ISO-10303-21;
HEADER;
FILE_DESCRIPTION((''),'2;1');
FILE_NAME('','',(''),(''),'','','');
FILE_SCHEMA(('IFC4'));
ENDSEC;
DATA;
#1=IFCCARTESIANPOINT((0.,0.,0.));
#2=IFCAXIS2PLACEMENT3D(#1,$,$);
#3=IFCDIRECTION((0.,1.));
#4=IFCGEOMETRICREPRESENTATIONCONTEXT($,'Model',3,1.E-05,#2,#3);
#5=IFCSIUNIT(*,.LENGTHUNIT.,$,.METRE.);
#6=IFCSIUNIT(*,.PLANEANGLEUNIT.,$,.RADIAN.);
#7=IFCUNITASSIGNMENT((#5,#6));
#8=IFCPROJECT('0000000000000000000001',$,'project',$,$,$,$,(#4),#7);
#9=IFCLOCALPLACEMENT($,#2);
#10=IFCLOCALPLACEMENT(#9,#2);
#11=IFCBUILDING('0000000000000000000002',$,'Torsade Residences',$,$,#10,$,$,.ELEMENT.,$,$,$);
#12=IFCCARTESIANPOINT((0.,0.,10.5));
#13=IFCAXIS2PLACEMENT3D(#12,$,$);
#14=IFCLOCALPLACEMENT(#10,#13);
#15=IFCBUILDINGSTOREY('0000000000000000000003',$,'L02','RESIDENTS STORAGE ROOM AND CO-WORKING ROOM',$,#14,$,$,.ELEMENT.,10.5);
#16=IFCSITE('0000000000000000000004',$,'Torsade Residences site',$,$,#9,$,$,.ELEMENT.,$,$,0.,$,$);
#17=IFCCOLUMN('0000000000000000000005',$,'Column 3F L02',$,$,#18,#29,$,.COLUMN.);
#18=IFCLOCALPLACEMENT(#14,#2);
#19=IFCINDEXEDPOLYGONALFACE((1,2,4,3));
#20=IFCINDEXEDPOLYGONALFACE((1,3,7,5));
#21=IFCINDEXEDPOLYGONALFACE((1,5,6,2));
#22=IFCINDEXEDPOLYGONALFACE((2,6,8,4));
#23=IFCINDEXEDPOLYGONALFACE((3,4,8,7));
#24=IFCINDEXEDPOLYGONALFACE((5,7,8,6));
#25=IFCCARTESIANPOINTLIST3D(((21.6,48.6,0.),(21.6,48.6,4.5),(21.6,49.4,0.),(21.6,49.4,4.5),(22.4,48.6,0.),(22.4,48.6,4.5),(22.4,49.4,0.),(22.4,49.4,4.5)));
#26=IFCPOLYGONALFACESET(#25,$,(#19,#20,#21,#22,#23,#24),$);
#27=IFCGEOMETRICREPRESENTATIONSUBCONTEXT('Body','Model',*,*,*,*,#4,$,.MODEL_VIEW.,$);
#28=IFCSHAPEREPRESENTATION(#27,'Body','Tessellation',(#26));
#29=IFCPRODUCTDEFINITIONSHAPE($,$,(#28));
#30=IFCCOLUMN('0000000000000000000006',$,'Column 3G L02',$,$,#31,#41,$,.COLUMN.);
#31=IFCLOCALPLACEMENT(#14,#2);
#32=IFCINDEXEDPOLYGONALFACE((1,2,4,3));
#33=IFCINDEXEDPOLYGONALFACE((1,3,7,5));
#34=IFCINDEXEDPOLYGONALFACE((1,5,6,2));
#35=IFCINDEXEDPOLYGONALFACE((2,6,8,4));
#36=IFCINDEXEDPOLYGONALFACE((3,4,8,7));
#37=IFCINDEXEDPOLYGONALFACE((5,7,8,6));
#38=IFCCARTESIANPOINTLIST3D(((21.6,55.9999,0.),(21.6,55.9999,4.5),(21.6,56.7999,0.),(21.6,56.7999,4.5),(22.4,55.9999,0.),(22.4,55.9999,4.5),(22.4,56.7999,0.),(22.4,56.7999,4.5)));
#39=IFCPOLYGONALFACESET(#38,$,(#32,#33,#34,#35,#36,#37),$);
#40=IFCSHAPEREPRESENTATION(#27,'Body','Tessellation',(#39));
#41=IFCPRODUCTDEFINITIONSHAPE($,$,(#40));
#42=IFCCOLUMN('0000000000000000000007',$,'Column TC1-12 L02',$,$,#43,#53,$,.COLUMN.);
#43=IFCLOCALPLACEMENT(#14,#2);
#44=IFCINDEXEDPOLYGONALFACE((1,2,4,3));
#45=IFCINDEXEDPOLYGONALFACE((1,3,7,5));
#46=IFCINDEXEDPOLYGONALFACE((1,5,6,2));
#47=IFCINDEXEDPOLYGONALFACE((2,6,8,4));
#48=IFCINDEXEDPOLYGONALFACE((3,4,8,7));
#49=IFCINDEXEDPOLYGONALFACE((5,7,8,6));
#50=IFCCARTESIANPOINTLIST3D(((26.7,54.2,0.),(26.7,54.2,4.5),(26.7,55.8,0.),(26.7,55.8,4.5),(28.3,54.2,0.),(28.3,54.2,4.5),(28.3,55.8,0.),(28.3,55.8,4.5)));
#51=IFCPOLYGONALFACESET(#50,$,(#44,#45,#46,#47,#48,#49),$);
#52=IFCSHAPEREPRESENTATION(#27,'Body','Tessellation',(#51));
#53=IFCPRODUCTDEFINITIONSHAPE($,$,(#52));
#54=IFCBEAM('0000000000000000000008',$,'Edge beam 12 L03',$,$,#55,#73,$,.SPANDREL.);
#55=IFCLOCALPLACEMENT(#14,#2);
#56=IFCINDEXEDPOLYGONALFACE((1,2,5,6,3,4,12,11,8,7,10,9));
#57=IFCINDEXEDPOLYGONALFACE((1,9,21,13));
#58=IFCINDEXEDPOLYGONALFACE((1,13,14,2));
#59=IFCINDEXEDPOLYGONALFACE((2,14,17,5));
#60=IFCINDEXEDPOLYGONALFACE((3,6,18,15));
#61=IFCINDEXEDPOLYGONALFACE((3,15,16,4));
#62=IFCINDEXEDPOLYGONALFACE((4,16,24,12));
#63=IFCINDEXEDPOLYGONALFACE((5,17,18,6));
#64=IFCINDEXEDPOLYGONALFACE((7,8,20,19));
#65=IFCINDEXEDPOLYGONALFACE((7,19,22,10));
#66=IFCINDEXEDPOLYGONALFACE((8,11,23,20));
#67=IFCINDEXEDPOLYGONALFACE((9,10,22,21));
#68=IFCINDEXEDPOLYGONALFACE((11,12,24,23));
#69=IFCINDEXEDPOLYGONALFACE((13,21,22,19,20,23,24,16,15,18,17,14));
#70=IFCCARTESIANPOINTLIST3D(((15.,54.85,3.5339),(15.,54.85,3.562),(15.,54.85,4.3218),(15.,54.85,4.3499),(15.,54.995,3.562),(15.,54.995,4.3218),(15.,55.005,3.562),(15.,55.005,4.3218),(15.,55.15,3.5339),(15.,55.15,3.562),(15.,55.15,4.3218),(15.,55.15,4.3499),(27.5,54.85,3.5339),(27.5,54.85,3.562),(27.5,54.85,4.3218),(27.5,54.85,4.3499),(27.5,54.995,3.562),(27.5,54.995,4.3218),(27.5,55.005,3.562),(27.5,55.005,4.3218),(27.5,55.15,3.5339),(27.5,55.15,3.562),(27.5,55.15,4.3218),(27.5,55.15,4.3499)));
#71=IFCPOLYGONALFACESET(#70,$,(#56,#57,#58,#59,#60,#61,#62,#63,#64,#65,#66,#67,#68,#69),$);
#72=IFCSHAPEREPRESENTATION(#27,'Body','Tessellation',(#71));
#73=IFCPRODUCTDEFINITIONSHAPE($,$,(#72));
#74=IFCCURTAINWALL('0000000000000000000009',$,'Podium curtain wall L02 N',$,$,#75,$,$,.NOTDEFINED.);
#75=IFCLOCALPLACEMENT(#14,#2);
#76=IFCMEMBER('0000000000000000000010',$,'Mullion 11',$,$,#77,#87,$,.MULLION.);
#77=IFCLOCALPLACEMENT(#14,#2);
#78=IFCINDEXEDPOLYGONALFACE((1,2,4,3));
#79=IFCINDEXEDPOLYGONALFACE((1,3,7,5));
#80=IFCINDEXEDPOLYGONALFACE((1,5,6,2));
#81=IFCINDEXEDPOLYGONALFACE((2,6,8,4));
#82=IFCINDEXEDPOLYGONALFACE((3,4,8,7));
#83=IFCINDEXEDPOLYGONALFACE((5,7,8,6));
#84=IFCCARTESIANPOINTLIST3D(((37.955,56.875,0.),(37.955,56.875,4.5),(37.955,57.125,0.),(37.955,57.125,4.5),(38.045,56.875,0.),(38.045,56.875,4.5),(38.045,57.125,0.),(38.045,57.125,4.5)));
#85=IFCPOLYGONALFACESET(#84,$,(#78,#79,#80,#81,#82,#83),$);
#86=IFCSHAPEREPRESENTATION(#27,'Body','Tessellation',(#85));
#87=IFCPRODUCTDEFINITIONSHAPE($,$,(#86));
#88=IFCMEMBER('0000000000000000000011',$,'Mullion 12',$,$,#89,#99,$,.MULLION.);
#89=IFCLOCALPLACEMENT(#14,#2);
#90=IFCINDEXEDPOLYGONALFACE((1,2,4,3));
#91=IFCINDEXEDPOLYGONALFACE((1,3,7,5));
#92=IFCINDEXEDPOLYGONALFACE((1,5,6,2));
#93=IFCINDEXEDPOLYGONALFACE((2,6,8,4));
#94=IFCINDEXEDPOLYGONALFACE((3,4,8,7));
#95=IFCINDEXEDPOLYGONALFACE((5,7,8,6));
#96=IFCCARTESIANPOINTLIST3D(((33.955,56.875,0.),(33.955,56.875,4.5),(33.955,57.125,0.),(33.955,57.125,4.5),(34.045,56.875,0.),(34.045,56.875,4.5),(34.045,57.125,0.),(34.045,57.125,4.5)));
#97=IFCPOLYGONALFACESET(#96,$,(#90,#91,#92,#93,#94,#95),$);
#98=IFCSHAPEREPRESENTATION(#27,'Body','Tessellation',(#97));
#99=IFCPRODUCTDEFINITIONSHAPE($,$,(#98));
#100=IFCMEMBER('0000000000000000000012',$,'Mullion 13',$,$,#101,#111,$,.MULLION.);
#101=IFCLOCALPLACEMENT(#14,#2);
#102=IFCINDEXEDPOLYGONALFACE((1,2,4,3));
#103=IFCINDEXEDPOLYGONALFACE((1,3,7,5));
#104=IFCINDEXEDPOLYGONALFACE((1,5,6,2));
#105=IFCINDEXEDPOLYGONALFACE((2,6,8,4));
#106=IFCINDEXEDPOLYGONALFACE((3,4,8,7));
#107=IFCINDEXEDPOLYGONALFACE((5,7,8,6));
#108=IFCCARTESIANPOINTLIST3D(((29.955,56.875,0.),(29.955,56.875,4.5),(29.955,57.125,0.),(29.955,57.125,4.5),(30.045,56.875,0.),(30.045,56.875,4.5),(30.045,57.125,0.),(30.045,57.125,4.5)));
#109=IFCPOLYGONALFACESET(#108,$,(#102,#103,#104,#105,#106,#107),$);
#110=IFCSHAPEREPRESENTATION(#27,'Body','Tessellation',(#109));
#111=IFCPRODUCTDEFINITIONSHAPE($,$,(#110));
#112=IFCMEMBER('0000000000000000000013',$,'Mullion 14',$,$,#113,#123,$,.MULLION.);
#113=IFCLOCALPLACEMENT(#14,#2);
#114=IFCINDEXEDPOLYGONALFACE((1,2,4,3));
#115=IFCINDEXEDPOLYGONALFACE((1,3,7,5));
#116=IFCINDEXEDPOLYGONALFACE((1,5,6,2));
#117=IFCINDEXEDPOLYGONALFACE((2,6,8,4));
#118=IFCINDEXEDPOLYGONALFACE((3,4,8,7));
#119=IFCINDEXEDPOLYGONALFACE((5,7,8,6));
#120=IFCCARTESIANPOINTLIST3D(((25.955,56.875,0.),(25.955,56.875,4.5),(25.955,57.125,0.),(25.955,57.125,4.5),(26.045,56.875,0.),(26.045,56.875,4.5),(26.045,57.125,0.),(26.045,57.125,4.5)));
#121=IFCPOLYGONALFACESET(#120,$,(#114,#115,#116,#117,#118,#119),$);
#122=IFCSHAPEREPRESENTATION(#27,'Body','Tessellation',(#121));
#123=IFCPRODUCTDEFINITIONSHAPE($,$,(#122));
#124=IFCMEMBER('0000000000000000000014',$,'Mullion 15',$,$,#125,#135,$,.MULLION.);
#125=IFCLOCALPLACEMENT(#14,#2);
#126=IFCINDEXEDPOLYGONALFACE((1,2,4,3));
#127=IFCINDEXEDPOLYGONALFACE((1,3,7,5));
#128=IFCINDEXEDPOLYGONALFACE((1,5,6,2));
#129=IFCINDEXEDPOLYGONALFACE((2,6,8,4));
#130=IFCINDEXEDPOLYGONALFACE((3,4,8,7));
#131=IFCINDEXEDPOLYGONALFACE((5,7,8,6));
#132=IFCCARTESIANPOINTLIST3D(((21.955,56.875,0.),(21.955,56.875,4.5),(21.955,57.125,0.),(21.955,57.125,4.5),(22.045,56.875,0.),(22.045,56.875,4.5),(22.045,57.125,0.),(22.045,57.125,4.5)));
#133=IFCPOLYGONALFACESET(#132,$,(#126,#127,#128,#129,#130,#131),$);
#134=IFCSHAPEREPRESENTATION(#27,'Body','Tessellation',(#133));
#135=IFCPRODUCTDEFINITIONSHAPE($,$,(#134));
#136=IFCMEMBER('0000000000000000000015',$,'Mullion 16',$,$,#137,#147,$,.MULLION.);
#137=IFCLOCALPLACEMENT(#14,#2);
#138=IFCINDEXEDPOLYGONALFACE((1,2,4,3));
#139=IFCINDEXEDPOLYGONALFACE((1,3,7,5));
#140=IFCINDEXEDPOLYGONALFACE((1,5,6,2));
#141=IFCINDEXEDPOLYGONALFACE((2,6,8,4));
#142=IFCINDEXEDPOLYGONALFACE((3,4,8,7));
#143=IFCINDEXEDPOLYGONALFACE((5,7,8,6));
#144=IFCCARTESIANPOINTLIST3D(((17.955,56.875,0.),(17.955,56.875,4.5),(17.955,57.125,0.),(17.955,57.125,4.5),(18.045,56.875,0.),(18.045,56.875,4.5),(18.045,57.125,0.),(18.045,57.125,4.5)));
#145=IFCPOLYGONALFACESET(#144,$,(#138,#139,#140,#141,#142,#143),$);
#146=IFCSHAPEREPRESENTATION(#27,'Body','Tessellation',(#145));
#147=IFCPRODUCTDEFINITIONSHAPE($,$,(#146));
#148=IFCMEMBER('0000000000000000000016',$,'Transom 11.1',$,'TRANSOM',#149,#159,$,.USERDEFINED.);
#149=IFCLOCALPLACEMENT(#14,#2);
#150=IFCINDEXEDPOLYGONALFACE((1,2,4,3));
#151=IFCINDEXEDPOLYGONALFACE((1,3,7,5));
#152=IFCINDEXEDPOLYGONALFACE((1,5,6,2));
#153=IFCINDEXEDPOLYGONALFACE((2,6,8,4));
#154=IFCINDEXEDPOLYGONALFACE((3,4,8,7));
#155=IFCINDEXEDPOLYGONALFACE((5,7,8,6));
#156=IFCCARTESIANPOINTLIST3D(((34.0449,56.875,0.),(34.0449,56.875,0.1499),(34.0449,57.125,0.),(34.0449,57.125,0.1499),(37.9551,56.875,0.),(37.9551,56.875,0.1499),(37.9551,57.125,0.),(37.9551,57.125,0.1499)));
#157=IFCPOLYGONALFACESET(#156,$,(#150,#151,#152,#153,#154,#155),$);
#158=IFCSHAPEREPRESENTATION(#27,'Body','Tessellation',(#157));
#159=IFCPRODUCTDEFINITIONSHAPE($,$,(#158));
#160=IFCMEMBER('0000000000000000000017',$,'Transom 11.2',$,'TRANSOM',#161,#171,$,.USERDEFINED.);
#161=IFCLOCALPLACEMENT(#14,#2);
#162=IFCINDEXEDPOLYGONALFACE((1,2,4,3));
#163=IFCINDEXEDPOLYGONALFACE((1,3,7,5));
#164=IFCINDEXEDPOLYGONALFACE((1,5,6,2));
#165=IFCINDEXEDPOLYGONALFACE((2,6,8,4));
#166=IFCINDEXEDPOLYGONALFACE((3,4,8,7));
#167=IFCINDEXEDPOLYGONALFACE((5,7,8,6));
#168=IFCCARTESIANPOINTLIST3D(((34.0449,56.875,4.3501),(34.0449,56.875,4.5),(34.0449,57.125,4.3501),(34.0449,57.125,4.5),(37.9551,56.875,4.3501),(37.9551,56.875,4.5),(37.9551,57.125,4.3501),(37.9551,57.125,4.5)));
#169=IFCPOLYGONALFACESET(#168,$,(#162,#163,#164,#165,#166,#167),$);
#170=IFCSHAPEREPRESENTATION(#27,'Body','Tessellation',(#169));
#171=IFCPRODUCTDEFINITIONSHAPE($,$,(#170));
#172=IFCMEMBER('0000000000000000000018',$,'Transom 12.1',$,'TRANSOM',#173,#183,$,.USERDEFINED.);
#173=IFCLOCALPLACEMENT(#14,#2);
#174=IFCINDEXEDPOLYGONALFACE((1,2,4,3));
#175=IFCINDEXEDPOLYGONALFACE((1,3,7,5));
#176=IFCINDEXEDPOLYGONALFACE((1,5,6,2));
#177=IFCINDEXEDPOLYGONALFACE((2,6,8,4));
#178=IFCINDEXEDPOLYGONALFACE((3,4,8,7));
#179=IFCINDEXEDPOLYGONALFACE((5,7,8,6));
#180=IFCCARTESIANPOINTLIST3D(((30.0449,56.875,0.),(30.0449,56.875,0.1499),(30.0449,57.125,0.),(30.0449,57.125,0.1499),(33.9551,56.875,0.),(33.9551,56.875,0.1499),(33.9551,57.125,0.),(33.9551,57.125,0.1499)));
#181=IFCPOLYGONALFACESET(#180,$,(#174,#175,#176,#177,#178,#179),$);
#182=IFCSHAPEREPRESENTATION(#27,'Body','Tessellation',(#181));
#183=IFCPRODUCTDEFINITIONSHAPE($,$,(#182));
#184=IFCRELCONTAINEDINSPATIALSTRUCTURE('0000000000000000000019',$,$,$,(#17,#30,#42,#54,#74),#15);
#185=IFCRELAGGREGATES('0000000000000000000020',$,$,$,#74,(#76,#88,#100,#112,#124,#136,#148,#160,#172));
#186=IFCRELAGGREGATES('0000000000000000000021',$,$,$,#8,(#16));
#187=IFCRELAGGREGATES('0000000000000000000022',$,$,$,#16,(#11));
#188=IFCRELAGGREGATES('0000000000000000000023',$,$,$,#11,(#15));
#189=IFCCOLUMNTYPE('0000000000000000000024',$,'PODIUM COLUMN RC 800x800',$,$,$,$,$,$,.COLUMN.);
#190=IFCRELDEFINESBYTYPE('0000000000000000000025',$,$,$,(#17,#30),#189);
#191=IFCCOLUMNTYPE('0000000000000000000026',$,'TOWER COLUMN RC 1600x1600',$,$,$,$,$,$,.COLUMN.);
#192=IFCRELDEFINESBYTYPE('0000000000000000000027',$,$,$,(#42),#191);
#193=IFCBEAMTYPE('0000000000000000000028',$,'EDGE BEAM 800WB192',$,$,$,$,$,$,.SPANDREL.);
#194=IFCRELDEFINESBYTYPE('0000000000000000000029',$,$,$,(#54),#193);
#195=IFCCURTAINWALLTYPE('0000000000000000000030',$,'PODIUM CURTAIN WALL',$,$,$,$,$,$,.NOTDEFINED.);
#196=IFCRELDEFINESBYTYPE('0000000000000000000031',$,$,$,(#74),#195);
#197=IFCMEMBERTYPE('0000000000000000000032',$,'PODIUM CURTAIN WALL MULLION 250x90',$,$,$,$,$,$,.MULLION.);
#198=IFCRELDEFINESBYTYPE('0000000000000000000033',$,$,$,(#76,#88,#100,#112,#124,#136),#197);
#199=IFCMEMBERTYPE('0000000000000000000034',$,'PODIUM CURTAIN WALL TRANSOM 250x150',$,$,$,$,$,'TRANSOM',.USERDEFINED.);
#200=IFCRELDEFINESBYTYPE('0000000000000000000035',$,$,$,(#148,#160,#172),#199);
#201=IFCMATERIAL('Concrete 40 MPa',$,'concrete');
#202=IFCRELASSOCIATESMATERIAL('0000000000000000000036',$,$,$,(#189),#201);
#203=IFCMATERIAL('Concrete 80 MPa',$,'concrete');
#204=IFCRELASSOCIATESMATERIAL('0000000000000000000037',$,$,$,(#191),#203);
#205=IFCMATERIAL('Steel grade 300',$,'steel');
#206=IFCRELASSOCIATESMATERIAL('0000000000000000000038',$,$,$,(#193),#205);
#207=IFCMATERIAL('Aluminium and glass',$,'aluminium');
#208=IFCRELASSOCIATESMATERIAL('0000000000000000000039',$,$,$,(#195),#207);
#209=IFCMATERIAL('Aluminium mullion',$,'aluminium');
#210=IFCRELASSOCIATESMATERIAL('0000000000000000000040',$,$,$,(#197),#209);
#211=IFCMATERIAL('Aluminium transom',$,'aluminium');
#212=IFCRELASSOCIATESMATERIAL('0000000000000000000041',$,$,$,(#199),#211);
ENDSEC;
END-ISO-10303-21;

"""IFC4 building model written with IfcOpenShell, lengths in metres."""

from ifc_helpers import new_model, si_unit, direction, frame, origin, origin_2d, place, context, subcontext, project, spatial, rectangle, i_section, extrude, material, material_profile, profile_set, type_object, element, aggregate, save


model = new_model("IFC4")

# Units and contexts
model_context = context("Model", 3, precision=1e-05, world=origin(), true_north=direction((0.0, 1.0)))
body_context = subcontext(model_context, "Body", "Model", "MODEL_VIEW")
ifc_project = project(units=[si_unit("LENGTHUNIT", "METRE"), si_unit("PLANEANGLEUNIT", "RADIAN")], contexts=[model_context])

# Site, building, storey
site_placement = place(None, origin())
site = spatial("IfcSite", under=ifc_project, at=site_placement, Name="Torsade Residences site", CompositionType="ELEMENT", RefElevation=0.0)
building_placement = place(site_placement, origin())
building = spatial("IfcBuilding", under=site, at=building_placement, Name="Torsade Residences", CompositionType="ELEMENT")
storey_placement = place(building_placement, frame((0.0, 0.0, 10.5)))
storey = spatial("IfcBuildingStorey", under=building, at=storey_placement, Name="L02", Description="RESIDENTS STORAGE ROOM AND CO-WORKING ROOM", CompositionType="ELEMENT", Elevation=10.5)

# Columns
ifc_material_1 = material(Name="Concrete 40 MPa", Category="concrete")
ifc_material_profile_1 = material_profile(ifc_material_1, rectangle(XDim=0.8, YDim=0.8, at=origin_2d()), Name="RC 800x800")
ifc_profile_set_1 = profile_set([ifc_material_profile_1], Name="Concrete 40 MPa")
column_type_1 = type_object("IfcColumnType", Name="PODIUM COLUMN RC 800x800", PredefinedType="COLUMN", material=ifc_profile_set_1)
for number, where, z_axis, x_axis, name in (
    (1, (22.0, 49.0, 0.0), (0.0, 0.0, 1.0), (1.0, 0.0, 0.0), "Column 3F L02"),
    (2, (22.0, 56.3999, 0.0), (0.0, 0.0, 1.0), (1.0, 0.0, 0.0), "Column 3G L02"),
):
    element("IfcColumn", number, at=place(storey_placement, frame(where, z_axis=z_axis, x_axis=x_axis)), inside=storey, type_object=column_type_1, Name=name, PredefinedType="COLUMN", context=body_context, shape_type="SweptSolid", body=[
        extrude(rectangle(XDim=0.8, YDim=0.8, at=origin_2d()), origin(), (0.0, 0.0, 1.0), 4.5),
    ])
ifc_material_2 = material(Name="Concrete 80 MPa", Category="concrete")
ifc_material_profile_2 = material_profile(ifc_material_2, rectangle(XDim=1.6001, YDim=1.6001, at=origin_2d()), Name="RC 1600x1600")
ifc_profile_set_2 = profile_set([ifc_material_profile_2], Name="Concrete 80 MPa")
column_type_2 = type_object("IfcColumnType", Name="TOWER COLUMN RC 1600x1600", PredefinedType="COLUMN", material=ifc_profile_set_2)
column_placement = place(storey_placement, frame((27.5, 55.0, 0.0), z_axis=(0.0, 0.0, 1.0), x_axis=(1.0, 0.0, 0.0)))
element("IfcColumn", 3, at=column_placement, inside=storey, type_object=column_type_2, Name="Column TC1-12 L02", PredefinedType="COLUMN", context=body_context, shape_type="SweptSolid", body=[
    extrude(rectangle(XDim=1.6001, YDim=1.6001, at=origin_2d()), origin(), (0.0, 0.0, 1.0), 4.5),
])

# Beam
ifc_material_3 = material(Name="Steel grade 300", Category="steel")
ifc_material_profile_3 = material_profile(ifc_material_3, i_section(OverallWidth=0.3, OverallDepth=0.8159, WebThickness=0.01, FlangeThickness=0.0281, at=origin_2d()), Name="800WB192")
ifc_profile_set_3 = profile_set([ifc_material_profile_3], Name="Steel grade 300")
beam_type_1 = type_object("IfcBeamType", Name="EDGE BEAM 800WB192", PredefinedType="SPANDREL", material=ifc_profile_set_3)
beam_1_placement = place(storey_placement, frame((27.5, 55.0, 3.9419), z_axis=(-1.0, 0.0, 0.0), x_axis=(0.0, -1.0, 0.0)))
element("IfcBeam", 4, at=beam_1_placement, inside=storey, type_object=beam_type_1, Name="Edge beam 12 L03", PredefinedType="SPANDREL", context=body_context, shape_type="SweptSolid", body=[
    extrude(i_section(OverallWidth=0.3, OverallDepth=0.8159, WebThickness=0.01, FlangeThickness=0.0281, at=origin_2d()), origin(), (0.0, 0.0, 1.0), 12.5),
])

# Curtain wall, members
ifc_material_4 = material(Name="Aluminium and glass", Category="aluminium")
curtain_wall_type = type_object("IfcCurtainWallType", Name="PODIUM CURTAIN WALL", PredefinedType="NOTDEFINED", material=ifc_material_4)
curtain_wall_placement = place(storey_placement, origin())
curtain_wall = element("IfcCurtainWall", 5, at=curtain_wall_placement, inside=storey, type_object=curtain_wall_type, Name="Podium curtain wall L02 N", PredefinedType="NOTDEFINED")
ifc_material_5 = material(Name="Aluminium mullion", Category="aluminium")
ifc_material_profile_4 = material_profile(ifc_material_5, rectangle(XDim=0.25, YDim=0.0901, at=origin_2d()), Name="PODIUM CURTAIN WALL MULLION 250x90")
ifc_profile_set_4 = profile_set([ifc_material_profile_4], Name="Aluminium mullion")
member_type_1 = type_object("IfcMemberType", Name="PODIUM CURTAIN WALL MULLION 250x90", PredefinedType="MULLION", material=ifc_profile_set_4)
member_1_placement = place(storey_placement, frame((38.0, 57.0, 0.0), z_axis=(0.0, 0.0, 1.0), x_axis=(0.0, -1.0, 0.0)))
member_1 = element("IfcMember", 6, at=member_1_placement, type_object=member_type_1, Name="Mullion 11", PredefinedType="MULLION", context=body_context, shape_type="SweptSolid", body=[
    extrude(rectangle(XDim=0.25, YDim=0.0901, at=origin_2d()), origin(), (0.0, 0.0, 1.0), 4.5),
])
member_2_placement = place(storey_placement, frame((34.0, 57.0, 0.0), z_axis=(0.0, 0.0, 1.0), x_axis=(0.0, -1.0, 0.0)))
member_2 = element("IfcMember", 7, at=member_2_placement, type_object=member_type_1, Name="Mullion 12", PredefinedType="MULLION", context=body_context, shape_type="SweptSolid", body=[
    extrude(rectangle(XDim=0.25, YDim=0.0901, at=origin_2d()), origin(), (0.0, 0.0, 1.0), 4.5),
])
member_3_placement = place(storey_placement, frame((30.0, 57.0, 0.0), z_axis=(0.0, 0.0, 1.0), x_axis=(0.0, -1.0, 0.0)))
member_3 = element("IfcMember", 8, at=member_3_placement, type_object=member_type_1, Name="Mullion 13", PredefinedType="MULLION", context=body_context, shape_type="SweptSolid", body=[
    extrude(rectangle(XDim=0.25, YDim=0.0901, at=origin_2d()), origin(), (0.0, 0.0, 1.0), 4.5),
])
member_4_placement = place(storey_placement, frame((26.0, 57.0, 0.0), z_axis=(0.0, 0.0, 1.0), x_axis=(0.0, -1.0, 0.0)))
member_4 = element("IfcMember", 9, at=member_4_placement, type_object=member_type_1, Name="Mullion 14", PredefinedType="MULLION", context=body_context, shape_type="SweptSolid", body=[
    extrude(rectangle(XDim=0.25, YDim=0.0901, at=origin_2d()), origin(), (0.0, 0.0, 1.0), 4.5),
])
member_5_placement = place(storey_placement, frame((22.0, 57.0, 0.0), z_axis=(0.0, 0.0, 1.0), x_axis=(0.0, -1.0, 0.0)))
member_5 = element("IfcMember", 10, at=member_5_placement, type_object=member_type_1, Name="Mullion 15", PredefinedType="MULLION", context=body_context, shape_type="SweptSolid", body=[
    extrude(rectangle(XDim=0.25, YDim=0.0901, at=origin_2d()), origin(), (0.0, 0.0, 1.0), 4.5),
])
member_6_placement = place(storey_placement, frame((18.0, 57.0, 0.0), z_axis=(0.0, 0.0, 1.0), x_axis=(0.0, -1.0, 0.0)))
member_6 = element("IfcMember", 11, at=member_6_placement, type_object=member_type_1, Name="Mullion 16", PredefinedType="MULLION", context=body_context, shape_type="SweptSolid", body=[
    extrude(rectangle(XDim=0.25, YDim=0.0901, at=origin_2d()), origin(), (0.0, 0.0, 1.0), 4.5),
])
ifc_material_6 = material(Name="Aluminium transom", Category="aluminium")
ifc_material_profile_5 = material_profile(ifc_material_6, rectangle(XDim=0.25, YDim=0.1499, at=origin_2d()), Name="PODIUM CURTAIN WALL TRANSOM 250x150")
ifc_profile_set_5 = profile_set([ifc_material_profile_5], Name="Aluminium transom")
member_type_2 = type_object("IfcMemberType", Name="PODIUM CURTAIN WALL TRANSOM 250x150", ElementType="TRANSOM", PredefinedType="USERDEFINED", material=ifc_profile_set_5)
member_7_placement = place(storey_placement, frame((37.9551, 57.0, 0.075), z_axis=(-1.0, 0.0, 0.0), x_axis=(0.0, -1.0, 0.0)))
member_7 = element("IfcMember", 12, at=member_7_placement, type_object=member_type_2, Name="Transom 11.1", ObjectType="TRANSOM", PredefinedType="USERDEFINED", context=body_context, shape_type="SweptSolid", body=[
    extrude(rectangle(XDim=0.25, YDim=0.1499, at=origin_2d()), origin(), (0.0, 0.0, 1.0), 3.9102),
])
member_8_placement = place(storey_placement, frame((37.9551, 57.0, 4.425), z_axis=(-1.0, 0.0, 0.0), x_axis=(0.0, -1.0, 0.0)))
member_8 = element("IfcMember", 13, at=member_8_placement, type_object=member_type_2, Name="Transom 11.2", ObjectType="TRANSOM", PredefinedType="USERDEFINED", context=body_context, shape_type="SweptSolid", body=[
    extrude(rectangle(XDim=0.25, YDim=0.1499, at=origin_2d()), origin(), (0.0, 0.0, 1.0), 3.9102),
])
member_9_placement = place(storey_placement, frame((33.9551, 57.0, 0.075), z_axis=(-1.0, 0.0, 0.0), x_axis=(0.0, -1.0, 0.0)))
member_9 = element("IfcMember", 14, at=member_9_placement, type_object=member_type_2, Name="Transom 12.1", ObjectType="TRANSOM", PredefinedType="USERDEFINED", context=body_context, shape_type="SweptSolid", body=[
    extrude(rectangle(XDim=0.25, YDim=0.1499, at=origin_2d()), origin(), (0.0, 0.0, 1.0), 3.9102),
])

aggregate(curtain_wall, [member_1, member_2, member_3, member_4, member_5, member_6, member_7, member_8, member_9])

save(model, "model.ifc")
